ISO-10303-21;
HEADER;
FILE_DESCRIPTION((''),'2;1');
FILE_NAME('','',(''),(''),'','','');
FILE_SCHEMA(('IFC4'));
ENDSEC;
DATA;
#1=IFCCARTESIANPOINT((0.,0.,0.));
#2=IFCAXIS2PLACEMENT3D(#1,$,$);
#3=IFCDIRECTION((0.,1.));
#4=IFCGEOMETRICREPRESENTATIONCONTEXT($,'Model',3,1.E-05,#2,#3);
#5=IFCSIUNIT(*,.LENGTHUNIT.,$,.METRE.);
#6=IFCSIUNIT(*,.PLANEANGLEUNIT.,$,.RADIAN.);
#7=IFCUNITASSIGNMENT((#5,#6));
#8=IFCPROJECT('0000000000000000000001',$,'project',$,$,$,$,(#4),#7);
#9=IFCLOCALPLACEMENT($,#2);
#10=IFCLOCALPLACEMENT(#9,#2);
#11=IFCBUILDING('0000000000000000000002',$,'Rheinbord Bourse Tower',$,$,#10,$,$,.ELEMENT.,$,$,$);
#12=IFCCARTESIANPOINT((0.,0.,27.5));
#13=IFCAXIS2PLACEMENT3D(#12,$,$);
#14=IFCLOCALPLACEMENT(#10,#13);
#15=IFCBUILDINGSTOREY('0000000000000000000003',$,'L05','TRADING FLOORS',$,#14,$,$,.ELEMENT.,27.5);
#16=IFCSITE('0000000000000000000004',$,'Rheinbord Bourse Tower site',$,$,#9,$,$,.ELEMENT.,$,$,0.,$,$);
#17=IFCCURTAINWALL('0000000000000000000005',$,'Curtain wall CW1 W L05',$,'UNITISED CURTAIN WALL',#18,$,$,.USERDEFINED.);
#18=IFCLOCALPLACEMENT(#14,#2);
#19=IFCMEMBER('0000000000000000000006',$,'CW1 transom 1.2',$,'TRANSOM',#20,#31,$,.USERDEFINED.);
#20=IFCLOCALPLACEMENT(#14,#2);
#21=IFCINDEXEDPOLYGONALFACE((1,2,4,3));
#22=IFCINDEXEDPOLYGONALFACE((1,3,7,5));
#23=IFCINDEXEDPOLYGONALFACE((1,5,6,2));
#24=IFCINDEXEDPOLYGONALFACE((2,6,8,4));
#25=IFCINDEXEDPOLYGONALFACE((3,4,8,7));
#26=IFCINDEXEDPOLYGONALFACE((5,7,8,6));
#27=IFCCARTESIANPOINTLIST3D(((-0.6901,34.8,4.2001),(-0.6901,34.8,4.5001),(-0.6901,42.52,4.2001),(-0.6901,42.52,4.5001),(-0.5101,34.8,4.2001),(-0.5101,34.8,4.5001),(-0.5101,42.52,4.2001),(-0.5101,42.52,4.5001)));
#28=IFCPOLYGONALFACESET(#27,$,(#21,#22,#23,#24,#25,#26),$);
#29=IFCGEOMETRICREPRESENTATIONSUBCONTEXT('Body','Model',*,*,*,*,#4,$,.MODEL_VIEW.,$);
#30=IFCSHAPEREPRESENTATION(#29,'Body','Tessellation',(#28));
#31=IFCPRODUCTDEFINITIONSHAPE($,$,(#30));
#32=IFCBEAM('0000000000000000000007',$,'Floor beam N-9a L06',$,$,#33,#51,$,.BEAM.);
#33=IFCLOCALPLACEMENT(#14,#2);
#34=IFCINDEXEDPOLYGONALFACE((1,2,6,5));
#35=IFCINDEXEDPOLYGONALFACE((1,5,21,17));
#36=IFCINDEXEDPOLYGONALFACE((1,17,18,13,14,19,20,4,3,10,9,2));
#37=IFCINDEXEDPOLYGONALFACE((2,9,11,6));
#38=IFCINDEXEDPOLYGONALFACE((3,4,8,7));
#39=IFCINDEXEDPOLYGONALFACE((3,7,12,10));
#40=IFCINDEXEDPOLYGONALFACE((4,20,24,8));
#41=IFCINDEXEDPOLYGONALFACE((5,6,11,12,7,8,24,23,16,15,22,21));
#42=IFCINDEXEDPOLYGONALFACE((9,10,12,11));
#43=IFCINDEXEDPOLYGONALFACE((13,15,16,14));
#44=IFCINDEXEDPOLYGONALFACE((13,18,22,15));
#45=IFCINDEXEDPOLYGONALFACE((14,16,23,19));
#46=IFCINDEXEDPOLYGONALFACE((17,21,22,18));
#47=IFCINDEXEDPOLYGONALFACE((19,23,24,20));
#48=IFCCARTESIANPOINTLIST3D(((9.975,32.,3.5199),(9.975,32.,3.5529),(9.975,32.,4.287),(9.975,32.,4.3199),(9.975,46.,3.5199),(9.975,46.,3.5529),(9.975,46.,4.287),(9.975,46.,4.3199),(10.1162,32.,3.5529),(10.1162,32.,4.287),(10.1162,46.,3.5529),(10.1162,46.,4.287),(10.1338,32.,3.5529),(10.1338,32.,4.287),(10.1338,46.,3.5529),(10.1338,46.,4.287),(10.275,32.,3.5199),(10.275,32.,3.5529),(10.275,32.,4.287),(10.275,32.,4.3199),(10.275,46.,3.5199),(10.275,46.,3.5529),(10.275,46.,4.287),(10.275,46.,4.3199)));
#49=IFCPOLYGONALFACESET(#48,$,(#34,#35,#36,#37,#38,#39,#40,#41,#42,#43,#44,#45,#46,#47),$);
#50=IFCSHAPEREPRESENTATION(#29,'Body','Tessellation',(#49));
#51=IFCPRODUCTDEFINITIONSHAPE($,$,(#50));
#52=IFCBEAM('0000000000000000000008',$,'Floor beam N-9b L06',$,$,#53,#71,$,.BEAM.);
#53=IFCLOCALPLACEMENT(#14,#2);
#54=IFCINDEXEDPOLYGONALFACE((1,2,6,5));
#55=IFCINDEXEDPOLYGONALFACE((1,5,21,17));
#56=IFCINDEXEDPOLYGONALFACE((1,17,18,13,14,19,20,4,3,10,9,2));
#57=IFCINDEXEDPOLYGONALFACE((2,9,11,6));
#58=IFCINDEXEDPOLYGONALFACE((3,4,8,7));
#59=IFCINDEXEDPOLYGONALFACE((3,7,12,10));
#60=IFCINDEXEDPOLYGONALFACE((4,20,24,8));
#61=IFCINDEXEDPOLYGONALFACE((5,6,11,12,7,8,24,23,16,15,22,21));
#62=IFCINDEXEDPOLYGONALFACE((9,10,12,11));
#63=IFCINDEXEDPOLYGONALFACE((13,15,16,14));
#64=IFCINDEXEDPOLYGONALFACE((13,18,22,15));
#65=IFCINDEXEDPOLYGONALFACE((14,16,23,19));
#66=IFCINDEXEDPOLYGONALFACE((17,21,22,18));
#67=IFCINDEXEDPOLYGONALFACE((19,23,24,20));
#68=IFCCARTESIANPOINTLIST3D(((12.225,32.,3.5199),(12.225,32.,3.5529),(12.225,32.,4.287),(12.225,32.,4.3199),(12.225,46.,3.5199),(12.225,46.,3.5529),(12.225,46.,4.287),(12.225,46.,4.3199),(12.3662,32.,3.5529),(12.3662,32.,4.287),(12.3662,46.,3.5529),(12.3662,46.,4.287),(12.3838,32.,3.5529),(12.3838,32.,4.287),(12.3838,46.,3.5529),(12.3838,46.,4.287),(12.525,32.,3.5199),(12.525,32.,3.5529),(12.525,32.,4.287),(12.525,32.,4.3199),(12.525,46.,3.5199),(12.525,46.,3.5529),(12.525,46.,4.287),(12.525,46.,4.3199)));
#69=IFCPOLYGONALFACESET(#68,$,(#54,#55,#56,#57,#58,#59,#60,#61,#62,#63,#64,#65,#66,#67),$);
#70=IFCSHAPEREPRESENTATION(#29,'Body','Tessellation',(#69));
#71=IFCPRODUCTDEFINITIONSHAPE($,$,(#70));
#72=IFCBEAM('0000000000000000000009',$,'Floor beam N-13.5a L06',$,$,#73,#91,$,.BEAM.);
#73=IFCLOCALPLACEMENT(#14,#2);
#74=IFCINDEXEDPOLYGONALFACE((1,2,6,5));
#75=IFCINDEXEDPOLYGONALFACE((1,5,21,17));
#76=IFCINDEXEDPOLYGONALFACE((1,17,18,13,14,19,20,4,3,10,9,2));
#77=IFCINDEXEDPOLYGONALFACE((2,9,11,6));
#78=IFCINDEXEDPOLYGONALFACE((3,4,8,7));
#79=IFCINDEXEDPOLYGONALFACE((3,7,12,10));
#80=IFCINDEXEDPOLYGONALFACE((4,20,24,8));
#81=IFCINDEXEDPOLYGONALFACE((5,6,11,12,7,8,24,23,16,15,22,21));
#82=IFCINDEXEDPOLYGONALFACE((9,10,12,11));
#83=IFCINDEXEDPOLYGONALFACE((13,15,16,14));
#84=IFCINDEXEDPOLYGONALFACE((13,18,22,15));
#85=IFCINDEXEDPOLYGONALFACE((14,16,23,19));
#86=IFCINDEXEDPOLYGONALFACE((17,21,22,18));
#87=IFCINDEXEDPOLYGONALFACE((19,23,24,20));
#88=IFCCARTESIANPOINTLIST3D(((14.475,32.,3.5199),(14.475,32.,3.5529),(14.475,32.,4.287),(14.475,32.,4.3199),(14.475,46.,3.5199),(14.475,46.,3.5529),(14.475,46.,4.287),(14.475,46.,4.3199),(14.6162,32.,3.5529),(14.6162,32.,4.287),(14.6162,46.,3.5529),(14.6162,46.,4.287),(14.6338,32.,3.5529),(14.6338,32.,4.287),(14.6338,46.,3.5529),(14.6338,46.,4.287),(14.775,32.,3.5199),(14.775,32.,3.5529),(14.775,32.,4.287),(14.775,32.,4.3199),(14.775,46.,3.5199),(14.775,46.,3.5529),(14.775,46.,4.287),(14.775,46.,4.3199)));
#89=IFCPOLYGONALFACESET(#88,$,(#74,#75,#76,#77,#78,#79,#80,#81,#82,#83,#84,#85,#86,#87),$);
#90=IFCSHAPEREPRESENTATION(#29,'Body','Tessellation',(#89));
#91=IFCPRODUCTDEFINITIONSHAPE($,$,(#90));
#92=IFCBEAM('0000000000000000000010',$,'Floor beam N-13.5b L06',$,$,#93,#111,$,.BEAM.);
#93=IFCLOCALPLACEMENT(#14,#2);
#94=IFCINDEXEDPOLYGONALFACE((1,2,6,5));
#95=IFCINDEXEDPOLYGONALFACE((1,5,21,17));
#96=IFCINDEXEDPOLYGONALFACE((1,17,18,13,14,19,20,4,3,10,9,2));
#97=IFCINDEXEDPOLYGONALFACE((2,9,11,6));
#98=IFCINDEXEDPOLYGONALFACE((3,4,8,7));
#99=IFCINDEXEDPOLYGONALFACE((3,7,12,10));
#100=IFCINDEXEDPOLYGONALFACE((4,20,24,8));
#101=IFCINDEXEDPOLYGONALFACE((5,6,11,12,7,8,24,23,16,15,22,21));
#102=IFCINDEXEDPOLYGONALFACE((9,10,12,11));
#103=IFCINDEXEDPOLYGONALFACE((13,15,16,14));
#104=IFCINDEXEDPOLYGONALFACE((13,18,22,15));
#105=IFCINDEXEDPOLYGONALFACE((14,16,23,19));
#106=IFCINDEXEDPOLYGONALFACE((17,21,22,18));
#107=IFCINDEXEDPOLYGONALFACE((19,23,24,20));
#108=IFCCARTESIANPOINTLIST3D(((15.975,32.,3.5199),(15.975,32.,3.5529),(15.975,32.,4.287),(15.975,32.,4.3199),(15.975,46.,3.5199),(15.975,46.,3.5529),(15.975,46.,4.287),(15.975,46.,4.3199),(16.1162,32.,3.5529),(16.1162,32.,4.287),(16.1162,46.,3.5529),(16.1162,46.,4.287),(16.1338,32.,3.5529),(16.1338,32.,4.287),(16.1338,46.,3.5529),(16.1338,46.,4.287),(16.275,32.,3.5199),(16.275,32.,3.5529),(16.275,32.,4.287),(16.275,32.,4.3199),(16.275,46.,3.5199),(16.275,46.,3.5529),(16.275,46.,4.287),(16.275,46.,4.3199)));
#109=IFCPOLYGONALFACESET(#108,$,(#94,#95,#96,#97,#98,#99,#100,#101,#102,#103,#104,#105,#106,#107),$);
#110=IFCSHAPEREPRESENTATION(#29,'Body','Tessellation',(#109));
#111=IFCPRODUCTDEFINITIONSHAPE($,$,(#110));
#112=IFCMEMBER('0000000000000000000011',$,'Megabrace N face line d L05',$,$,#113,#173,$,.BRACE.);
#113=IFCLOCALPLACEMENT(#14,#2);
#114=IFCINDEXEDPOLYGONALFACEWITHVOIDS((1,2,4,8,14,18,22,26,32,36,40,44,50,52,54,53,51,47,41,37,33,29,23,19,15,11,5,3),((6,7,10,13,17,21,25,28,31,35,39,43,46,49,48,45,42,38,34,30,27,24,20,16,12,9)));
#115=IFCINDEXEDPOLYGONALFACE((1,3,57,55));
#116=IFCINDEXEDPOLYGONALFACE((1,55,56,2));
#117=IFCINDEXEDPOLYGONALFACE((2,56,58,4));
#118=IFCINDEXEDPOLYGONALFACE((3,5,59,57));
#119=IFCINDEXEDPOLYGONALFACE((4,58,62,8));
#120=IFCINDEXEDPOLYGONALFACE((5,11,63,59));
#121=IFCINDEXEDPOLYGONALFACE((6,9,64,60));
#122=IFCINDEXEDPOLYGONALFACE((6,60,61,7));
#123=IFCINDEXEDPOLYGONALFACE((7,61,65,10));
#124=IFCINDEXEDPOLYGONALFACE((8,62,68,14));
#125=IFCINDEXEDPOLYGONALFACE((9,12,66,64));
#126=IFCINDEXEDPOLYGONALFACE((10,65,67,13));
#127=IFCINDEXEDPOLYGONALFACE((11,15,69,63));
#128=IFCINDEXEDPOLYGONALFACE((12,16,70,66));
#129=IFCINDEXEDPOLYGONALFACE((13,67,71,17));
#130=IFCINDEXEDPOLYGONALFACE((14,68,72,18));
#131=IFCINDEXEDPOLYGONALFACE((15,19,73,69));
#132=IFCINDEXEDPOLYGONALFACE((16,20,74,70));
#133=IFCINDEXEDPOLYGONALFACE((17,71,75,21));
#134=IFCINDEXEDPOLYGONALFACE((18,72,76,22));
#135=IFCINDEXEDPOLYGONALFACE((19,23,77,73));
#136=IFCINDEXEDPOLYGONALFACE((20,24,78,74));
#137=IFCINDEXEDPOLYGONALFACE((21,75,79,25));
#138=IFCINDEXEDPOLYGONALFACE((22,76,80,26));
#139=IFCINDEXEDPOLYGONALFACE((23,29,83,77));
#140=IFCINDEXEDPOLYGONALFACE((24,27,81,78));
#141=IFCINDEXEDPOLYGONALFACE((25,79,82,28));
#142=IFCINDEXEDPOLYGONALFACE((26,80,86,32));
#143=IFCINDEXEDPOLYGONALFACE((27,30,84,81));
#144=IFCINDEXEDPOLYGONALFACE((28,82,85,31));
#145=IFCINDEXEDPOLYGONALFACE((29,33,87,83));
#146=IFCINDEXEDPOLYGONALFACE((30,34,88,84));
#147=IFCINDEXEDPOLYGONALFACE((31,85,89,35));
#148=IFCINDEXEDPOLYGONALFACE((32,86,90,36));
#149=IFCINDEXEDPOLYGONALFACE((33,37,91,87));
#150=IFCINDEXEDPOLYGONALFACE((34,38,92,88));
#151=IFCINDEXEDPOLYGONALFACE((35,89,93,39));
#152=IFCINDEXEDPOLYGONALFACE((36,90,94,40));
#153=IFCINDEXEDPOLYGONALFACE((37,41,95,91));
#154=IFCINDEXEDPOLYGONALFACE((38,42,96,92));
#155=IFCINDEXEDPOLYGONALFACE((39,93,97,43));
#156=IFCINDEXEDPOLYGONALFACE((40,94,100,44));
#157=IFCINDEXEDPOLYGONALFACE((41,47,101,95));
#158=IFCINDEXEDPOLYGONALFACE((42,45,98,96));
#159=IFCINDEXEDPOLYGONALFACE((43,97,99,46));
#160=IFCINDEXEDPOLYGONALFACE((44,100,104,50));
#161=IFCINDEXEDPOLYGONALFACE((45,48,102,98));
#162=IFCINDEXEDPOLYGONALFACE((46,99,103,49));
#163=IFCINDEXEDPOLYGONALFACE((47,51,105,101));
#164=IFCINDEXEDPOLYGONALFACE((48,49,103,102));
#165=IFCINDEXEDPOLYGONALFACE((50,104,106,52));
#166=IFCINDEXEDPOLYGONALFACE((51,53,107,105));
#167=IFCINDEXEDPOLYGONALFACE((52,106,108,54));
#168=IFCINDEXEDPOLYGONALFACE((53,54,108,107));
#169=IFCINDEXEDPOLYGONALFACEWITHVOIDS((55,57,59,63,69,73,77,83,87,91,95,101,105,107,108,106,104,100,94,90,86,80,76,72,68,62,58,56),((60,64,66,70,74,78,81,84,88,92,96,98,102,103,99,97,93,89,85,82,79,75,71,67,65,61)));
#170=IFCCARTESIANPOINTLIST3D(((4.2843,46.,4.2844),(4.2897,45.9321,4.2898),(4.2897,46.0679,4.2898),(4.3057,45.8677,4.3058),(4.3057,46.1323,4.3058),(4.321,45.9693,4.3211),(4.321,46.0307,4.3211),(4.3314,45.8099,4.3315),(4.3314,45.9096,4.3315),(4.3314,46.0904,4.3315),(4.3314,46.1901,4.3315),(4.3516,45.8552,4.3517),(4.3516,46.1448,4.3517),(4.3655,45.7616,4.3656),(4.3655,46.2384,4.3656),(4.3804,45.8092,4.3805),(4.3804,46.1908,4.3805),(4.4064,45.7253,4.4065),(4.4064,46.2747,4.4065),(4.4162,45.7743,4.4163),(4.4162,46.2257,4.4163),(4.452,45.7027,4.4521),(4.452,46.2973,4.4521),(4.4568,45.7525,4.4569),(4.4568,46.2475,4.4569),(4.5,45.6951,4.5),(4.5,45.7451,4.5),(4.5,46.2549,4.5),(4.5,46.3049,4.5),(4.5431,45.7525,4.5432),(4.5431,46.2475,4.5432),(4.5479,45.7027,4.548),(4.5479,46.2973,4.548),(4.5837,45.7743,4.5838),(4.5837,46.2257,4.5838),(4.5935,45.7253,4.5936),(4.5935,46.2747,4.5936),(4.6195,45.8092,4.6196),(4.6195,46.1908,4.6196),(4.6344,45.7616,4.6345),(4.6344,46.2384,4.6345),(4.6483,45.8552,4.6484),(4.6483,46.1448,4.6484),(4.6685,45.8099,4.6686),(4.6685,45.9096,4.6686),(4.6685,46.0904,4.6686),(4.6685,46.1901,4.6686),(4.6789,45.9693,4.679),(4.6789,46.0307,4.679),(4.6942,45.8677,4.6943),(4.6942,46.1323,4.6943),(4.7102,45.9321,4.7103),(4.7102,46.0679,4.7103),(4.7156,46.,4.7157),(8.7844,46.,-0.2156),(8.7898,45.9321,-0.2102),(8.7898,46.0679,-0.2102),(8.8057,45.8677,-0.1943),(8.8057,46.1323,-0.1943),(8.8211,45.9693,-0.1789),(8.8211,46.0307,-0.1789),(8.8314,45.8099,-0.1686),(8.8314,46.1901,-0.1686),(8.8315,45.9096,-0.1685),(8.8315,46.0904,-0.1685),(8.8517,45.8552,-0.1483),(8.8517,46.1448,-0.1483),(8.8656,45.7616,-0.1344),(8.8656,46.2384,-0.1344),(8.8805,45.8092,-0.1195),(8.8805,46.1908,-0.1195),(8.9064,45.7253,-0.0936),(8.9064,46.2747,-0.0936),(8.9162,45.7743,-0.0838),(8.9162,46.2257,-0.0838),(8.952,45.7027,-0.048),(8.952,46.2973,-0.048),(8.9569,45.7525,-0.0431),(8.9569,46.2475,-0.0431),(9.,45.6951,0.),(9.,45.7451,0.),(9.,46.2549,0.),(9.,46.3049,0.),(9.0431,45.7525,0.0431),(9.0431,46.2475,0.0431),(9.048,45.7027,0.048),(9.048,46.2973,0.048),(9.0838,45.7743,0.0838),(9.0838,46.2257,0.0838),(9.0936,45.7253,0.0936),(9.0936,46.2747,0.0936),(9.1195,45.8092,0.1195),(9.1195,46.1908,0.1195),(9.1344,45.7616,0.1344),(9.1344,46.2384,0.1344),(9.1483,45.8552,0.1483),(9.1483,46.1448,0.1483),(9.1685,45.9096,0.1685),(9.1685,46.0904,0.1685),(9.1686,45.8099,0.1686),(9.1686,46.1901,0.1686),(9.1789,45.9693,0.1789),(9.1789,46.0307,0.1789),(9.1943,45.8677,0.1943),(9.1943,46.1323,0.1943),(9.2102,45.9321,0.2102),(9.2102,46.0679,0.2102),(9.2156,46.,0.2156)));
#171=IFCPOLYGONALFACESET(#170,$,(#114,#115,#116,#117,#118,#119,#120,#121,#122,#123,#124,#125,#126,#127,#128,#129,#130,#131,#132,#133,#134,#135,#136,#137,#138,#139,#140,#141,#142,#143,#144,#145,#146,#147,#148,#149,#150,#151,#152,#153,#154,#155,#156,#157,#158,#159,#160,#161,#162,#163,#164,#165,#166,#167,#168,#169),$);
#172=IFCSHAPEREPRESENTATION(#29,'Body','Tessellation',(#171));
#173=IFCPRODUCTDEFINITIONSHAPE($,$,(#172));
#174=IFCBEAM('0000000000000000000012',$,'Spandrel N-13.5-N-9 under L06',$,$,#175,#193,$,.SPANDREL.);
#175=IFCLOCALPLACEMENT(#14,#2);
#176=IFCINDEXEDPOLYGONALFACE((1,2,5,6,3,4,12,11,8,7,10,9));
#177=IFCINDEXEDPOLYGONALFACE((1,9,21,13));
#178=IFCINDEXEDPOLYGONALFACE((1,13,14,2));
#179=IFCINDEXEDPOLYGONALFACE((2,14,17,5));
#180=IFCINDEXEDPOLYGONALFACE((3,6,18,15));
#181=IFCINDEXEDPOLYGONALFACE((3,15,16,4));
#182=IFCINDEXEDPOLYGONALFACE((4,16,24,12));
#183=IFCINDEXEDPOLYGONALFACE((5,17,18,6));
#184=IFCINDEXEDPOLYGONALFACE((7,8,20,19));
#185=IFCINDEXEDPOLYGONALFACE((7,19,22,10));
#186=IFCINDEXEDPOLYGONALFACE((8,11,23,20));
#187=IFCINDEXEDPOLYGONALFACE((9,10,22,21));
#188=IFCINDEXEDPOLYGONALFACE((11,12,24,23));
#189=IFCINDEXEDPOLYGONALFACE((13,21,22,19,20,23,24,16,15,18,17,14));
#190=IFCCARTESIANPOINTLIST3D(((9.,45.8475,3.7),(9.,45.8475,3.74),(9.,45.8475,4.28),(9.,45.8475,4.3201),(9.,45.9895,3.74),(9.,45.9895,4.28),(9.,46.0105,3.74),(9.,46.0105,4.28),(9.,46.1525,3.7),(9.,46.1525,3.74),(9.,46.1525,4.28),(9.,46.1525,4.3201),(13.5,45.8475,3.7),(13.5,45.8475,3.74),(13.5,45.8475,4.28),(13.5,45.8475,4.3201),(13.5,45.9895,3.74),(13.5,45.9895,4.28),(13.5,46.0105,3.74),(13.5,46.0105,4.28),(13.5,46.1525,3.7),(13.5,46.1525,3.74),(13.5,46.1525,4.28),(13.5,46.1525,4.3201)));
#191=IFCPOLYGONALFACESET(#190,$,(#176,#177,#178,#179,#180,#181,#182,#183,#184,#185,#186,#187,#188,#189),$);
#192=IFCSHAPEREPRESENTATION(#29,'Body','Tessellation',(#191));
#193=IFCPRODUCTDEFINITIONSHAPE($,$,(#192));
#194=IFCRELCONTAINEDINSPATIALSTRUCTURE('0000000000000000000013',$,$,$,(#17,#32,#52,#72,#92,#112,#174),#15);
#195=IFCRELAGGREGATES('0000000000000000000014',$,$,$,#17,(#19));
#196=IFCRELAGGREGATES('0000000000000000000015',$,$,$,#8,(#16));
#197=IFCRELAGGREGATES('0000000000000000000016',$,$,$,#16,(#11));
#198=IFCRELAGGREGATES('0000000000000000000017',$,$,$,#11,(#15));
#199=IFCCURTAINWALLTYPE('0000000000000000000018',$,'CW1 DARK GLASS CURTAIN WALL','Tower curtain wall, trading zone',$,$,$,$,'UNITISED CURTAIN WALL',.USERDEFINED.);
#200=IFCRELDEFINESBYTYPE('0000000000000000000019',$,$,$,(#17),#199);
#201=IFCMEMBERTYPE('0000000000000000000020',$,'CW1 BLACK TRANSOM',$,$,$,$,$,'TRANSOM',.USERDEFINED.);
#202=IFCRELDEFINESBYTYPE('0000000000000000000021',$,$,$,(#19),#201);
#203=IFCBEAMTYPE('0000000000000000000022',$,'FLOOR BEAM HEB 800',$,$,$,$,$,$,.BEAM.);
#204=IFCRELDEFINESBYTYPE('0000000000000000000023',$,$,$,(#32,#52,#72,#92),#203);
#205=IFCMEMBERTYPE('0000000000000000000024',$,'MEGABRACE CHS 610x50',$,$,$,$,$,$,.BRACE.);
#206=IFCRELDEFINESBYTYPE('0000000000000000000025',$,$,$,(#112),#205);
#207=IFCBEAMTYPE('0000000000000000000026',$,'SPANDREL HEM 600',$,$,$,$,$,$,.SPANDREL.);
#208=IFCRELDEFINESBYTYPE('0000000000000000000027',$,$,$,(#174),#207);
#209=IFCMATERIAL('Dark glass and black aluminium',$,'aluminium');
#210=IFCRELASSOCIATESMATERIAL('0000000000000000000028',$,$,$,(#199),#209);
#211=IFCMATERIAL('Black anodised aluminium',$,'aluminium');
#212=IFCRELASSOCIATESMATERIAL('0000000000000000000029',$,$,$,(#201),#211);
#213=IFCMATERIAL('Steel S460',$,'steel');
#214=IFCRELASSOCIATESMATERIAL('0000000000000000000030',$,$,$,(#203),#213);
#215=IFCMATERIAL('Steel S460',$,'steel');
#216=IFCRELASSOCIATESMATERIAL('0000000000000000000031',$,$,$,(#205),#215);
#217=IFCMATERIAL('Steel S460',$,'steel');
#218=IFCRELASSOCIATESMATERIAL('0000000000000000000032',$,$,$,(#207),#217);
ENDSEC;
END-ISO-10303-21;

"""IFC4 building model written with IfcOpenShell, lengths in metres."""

from ifc_helpers import new_model, si_unit, direction, frame, origin, origin_2d, place, context, subcontext, project, spatial, rectangle, hollow_circle, i_section, extrude, material, material_profile, profile_set, type_object, element, aggregate, save


model = new_model("IFC4")

# Units and contexts
model_context = context("Model", 3, precision=1e-05, world=origin(), true_north=direction((0.0, 1.0)))
body_context = subcontext(model_context, "Body", "Model", "MODEL_VIEW")
ifc_project = project(units=[si_unit("LENGTHUNIT", "METRE"), si_unit("PLANEANGLEUNIT", "RADIAN")], contexts=[model_context])

# Site, building, storey
site_placement = place(None, origin())
site = spatial("IfcSite", under=ifc_project, at=site_placement, Name="Rheinbord Bourse Tower site", CompositionType="ELEMENT", RefElevation=0.0)
building_placement = place(site_placement, origin())
building = spatial("IfcBuilding", under=site, at=building_placement, Name="Rheinbord Bourse Tower", CompositionType="ELEMENT")
storey_placement = place(building_placement, frame((0.0, 0.0, 27.5)))
storey = spatial("IfcBuildingStorey", under=building, at=storey_placement, Name="L05", Description="TRADING FLOORS", CompositionType="ELEMENT", Elevation=27.5)

# Shared definitions
ifc_material_1 = material(Name="Dark glass and black aluminium", Category="aluminium")
curtain_wall_type = type_object("IfcCurtainWallType", Name="CW1 DARK GLASS CURTAIN WALL", Description="Tower curtain wall, trading zone", ElementType="UNITISED CURTAIN WALL", PredefinedType="USERDEFINED", material=ifc_material_1)

# Curtain wall
curtain_wall_1_placement = place(storey_placement, origin())
curtain_wall_1 = element("IfcCurtainWall", 1, at=curtain_wall_1_placement, inside=storey, type_object=curtain_wall_type, Name="Curtain wall CW1 W L05", ObjectType="UNITISED CURTAIN WALL", PredefinedType="USERDEFINED")

# Member
ifc_material_2 = material(Name="Black anodised aluminium", Category="aluminium")
ifc_material_profile_1 = material_profile(ifc_material_2, rectangle(XDim=0.1799, YDim=0.3, at=origin_2d()), Name="CW1 TRANSOM 300x180")
ifc_profile_set_1 = profile_set([ifc_material_profile_1], Name="Black anodised aluminium")
member_type_1 = type_object("IfcMemberType", Name="CW1 BLACK TRANSOM", ElementType="TRANSOM", PredefinedType="USERDEFINED", material=ifc_profile_set_1)
member_1_placement = place(storey_placement, frame((-0.6001, 42.52, 4.3501), z_axis=(0.0, -1.0, 0.0), x_axis=(1.0, 0.0, 0.0)))
member_1 = element("IfcMember", 2, at=member_1_placement, type_object=member_type_1, Name="CW1 transom 1.2", ObjectType="TRANSOM", PredefinedType="USERDEFINED", context=body_context, shape_type="SweptSolid", body=[
    extrude(rectangle(XDim=0.1799, YDim=0.3, at=origin_2d()), origin(), (0.0, 0.0, 1.0), 7.72),
])

# Beams
ifc_material_3 = material(Name="Steel S460", Category="steel")
ifc_material_profile_2 = material_profile(ifc_material_3, i_section(OverallWidth=0.3, OverallDepth=0.8, WebThickness=0.0176, FlangeThickness=0.033, at=origin_2d()), Name="HEB 800")
ifc_profile_set_2 = profile_set([ifc_material_profile_2], Name="Steel S460")
beam_type_1 = type_object("IfcBeamType", Name="FLOOR BEAM HEB 800", PredefinedType="BEAM", material=ifc_profile_set_2)
for number, where, z_axis, x_axis, name in (
    (3, (10.125, 46.0, 3.9199), (0.0, -1.0, 0.0), (1.0, 0.0, 0.0), "Floor beam N-9a L06"),
    (4, (12.375, 46.0, 3.9199), (0.0, -1.0, 0.0), (1.0, 0.0, 0.0), "Floor beam N-9b L06"),
    (5, (14.625, 46.0, 3.9199), (0.0, -1.0, 0.0), (1.0, 0.0, 0.0), "Floor beam N-13.5a L06"),
    (6, (16.125, 46.0, 3.9199), (0.0, -1.0, 0.0), (1.0, 0.0, 0.0), "Floor beam N-13.5b L06"),
):
    element("IfcBeam", number, at=place(storey_placement, frame(where, z_axis=z_axis, x_axis=x_axis)), inside=storey, type_object=beam_type_1, Name=name, PredefinedType="BEAM", context=body_context, shape_type="SweptSolid", body=[
        extrude(i_section(OverallWidth=0.3, OverallDepth=0.8, WebThickness=0.0176, FlangeThickness=0.033, at=origin_2d()), origin(), (0.0, 0.0, 1.0), 14.0),
    ])

# Member
ifc_material_4 = material(Name="Steel S460", Category="steel")
ifc_material_profile_3 = material_profile(ifc_material_4, hollow_circle(Radius=0.3049, WallThickness=0.05, at=origin_2d()), Name="CHS 610x50")
ifc_profile_set_3 = profile_set([ifc_material_profile_3], Name="Steel S460")
member_type_2 = type_object("IfcMemberType", Name="MEGABRACE CHS 610x50", PredefinedType="BRACE", material=ifc_profile_set_3)
member_2_placement = place(storey_placement, frame((9.0, 46.0, 0.0), z_axis=(-0.707107, 0.0, 0.707107), x_axis=(0.0, -1.0, 0.0)))
element("IfcMember", 7, at=member_2_placement, inside=storey, type_object=member_type_2, Name="Megabrace N face line d L05", PredefinedType="BRACE", context=body_context, shape_type="SweptSolid", body=[
    extrude(hollow_circle(Radius=0.3049, WallThickness=0.05, at=origin_2d()), origin(), (0.0, 0.0, 1.0), 6.364),
])

# Beam
ifc_material_5 = material(Name="Steel S460", Category="steel")
ifc_material_profile_4 = material_profile(ifc_material_5, i_section(OverallWidth=0.3049, OverallDepth=0.6201, WebThickness=0.021, FlangeThickness=0.04, at=origin_2d()), Name="HEM 600")
ifc_profile_set_4 = profile_set([ifc_material_profile_4], Name="Steel S460")
beam_type_2 = type_object("IfcBeamType", Name="SPANDREL HEM 600", PredefinedType="SPANDREL", material=ifc_profile_set_4)
for number, where, z_axis, x_axis, name in (
    (8, (13.5, 46.0, 4.01), (-1.0, 0.0, 0.0), (0.0, -1.0, 0.0), "Spandrel N-13.5-N-9 under L06"),
):
    element("IfcBeam", number, at=place(storey_placement, frame(where, z_axis=z_axis, x_axis=x_axis)), inside=storey, type_object=beam_type_2, Name=name, PredefinedType="SPANDREL", context=body_context, shape_type="SweptSolid", body=[
        extrude(i_section(OverallWidth=0.3049, OverallDepth=0.6201, WebThickness=0.021, FlangeThickness=0.04, at=origin_2d()), origin(), (0.0, 0.0, 1.0), 4.5),
    ])

aggregate(curtain_wall_1, [member_1])

save(model, "model.ifc")
